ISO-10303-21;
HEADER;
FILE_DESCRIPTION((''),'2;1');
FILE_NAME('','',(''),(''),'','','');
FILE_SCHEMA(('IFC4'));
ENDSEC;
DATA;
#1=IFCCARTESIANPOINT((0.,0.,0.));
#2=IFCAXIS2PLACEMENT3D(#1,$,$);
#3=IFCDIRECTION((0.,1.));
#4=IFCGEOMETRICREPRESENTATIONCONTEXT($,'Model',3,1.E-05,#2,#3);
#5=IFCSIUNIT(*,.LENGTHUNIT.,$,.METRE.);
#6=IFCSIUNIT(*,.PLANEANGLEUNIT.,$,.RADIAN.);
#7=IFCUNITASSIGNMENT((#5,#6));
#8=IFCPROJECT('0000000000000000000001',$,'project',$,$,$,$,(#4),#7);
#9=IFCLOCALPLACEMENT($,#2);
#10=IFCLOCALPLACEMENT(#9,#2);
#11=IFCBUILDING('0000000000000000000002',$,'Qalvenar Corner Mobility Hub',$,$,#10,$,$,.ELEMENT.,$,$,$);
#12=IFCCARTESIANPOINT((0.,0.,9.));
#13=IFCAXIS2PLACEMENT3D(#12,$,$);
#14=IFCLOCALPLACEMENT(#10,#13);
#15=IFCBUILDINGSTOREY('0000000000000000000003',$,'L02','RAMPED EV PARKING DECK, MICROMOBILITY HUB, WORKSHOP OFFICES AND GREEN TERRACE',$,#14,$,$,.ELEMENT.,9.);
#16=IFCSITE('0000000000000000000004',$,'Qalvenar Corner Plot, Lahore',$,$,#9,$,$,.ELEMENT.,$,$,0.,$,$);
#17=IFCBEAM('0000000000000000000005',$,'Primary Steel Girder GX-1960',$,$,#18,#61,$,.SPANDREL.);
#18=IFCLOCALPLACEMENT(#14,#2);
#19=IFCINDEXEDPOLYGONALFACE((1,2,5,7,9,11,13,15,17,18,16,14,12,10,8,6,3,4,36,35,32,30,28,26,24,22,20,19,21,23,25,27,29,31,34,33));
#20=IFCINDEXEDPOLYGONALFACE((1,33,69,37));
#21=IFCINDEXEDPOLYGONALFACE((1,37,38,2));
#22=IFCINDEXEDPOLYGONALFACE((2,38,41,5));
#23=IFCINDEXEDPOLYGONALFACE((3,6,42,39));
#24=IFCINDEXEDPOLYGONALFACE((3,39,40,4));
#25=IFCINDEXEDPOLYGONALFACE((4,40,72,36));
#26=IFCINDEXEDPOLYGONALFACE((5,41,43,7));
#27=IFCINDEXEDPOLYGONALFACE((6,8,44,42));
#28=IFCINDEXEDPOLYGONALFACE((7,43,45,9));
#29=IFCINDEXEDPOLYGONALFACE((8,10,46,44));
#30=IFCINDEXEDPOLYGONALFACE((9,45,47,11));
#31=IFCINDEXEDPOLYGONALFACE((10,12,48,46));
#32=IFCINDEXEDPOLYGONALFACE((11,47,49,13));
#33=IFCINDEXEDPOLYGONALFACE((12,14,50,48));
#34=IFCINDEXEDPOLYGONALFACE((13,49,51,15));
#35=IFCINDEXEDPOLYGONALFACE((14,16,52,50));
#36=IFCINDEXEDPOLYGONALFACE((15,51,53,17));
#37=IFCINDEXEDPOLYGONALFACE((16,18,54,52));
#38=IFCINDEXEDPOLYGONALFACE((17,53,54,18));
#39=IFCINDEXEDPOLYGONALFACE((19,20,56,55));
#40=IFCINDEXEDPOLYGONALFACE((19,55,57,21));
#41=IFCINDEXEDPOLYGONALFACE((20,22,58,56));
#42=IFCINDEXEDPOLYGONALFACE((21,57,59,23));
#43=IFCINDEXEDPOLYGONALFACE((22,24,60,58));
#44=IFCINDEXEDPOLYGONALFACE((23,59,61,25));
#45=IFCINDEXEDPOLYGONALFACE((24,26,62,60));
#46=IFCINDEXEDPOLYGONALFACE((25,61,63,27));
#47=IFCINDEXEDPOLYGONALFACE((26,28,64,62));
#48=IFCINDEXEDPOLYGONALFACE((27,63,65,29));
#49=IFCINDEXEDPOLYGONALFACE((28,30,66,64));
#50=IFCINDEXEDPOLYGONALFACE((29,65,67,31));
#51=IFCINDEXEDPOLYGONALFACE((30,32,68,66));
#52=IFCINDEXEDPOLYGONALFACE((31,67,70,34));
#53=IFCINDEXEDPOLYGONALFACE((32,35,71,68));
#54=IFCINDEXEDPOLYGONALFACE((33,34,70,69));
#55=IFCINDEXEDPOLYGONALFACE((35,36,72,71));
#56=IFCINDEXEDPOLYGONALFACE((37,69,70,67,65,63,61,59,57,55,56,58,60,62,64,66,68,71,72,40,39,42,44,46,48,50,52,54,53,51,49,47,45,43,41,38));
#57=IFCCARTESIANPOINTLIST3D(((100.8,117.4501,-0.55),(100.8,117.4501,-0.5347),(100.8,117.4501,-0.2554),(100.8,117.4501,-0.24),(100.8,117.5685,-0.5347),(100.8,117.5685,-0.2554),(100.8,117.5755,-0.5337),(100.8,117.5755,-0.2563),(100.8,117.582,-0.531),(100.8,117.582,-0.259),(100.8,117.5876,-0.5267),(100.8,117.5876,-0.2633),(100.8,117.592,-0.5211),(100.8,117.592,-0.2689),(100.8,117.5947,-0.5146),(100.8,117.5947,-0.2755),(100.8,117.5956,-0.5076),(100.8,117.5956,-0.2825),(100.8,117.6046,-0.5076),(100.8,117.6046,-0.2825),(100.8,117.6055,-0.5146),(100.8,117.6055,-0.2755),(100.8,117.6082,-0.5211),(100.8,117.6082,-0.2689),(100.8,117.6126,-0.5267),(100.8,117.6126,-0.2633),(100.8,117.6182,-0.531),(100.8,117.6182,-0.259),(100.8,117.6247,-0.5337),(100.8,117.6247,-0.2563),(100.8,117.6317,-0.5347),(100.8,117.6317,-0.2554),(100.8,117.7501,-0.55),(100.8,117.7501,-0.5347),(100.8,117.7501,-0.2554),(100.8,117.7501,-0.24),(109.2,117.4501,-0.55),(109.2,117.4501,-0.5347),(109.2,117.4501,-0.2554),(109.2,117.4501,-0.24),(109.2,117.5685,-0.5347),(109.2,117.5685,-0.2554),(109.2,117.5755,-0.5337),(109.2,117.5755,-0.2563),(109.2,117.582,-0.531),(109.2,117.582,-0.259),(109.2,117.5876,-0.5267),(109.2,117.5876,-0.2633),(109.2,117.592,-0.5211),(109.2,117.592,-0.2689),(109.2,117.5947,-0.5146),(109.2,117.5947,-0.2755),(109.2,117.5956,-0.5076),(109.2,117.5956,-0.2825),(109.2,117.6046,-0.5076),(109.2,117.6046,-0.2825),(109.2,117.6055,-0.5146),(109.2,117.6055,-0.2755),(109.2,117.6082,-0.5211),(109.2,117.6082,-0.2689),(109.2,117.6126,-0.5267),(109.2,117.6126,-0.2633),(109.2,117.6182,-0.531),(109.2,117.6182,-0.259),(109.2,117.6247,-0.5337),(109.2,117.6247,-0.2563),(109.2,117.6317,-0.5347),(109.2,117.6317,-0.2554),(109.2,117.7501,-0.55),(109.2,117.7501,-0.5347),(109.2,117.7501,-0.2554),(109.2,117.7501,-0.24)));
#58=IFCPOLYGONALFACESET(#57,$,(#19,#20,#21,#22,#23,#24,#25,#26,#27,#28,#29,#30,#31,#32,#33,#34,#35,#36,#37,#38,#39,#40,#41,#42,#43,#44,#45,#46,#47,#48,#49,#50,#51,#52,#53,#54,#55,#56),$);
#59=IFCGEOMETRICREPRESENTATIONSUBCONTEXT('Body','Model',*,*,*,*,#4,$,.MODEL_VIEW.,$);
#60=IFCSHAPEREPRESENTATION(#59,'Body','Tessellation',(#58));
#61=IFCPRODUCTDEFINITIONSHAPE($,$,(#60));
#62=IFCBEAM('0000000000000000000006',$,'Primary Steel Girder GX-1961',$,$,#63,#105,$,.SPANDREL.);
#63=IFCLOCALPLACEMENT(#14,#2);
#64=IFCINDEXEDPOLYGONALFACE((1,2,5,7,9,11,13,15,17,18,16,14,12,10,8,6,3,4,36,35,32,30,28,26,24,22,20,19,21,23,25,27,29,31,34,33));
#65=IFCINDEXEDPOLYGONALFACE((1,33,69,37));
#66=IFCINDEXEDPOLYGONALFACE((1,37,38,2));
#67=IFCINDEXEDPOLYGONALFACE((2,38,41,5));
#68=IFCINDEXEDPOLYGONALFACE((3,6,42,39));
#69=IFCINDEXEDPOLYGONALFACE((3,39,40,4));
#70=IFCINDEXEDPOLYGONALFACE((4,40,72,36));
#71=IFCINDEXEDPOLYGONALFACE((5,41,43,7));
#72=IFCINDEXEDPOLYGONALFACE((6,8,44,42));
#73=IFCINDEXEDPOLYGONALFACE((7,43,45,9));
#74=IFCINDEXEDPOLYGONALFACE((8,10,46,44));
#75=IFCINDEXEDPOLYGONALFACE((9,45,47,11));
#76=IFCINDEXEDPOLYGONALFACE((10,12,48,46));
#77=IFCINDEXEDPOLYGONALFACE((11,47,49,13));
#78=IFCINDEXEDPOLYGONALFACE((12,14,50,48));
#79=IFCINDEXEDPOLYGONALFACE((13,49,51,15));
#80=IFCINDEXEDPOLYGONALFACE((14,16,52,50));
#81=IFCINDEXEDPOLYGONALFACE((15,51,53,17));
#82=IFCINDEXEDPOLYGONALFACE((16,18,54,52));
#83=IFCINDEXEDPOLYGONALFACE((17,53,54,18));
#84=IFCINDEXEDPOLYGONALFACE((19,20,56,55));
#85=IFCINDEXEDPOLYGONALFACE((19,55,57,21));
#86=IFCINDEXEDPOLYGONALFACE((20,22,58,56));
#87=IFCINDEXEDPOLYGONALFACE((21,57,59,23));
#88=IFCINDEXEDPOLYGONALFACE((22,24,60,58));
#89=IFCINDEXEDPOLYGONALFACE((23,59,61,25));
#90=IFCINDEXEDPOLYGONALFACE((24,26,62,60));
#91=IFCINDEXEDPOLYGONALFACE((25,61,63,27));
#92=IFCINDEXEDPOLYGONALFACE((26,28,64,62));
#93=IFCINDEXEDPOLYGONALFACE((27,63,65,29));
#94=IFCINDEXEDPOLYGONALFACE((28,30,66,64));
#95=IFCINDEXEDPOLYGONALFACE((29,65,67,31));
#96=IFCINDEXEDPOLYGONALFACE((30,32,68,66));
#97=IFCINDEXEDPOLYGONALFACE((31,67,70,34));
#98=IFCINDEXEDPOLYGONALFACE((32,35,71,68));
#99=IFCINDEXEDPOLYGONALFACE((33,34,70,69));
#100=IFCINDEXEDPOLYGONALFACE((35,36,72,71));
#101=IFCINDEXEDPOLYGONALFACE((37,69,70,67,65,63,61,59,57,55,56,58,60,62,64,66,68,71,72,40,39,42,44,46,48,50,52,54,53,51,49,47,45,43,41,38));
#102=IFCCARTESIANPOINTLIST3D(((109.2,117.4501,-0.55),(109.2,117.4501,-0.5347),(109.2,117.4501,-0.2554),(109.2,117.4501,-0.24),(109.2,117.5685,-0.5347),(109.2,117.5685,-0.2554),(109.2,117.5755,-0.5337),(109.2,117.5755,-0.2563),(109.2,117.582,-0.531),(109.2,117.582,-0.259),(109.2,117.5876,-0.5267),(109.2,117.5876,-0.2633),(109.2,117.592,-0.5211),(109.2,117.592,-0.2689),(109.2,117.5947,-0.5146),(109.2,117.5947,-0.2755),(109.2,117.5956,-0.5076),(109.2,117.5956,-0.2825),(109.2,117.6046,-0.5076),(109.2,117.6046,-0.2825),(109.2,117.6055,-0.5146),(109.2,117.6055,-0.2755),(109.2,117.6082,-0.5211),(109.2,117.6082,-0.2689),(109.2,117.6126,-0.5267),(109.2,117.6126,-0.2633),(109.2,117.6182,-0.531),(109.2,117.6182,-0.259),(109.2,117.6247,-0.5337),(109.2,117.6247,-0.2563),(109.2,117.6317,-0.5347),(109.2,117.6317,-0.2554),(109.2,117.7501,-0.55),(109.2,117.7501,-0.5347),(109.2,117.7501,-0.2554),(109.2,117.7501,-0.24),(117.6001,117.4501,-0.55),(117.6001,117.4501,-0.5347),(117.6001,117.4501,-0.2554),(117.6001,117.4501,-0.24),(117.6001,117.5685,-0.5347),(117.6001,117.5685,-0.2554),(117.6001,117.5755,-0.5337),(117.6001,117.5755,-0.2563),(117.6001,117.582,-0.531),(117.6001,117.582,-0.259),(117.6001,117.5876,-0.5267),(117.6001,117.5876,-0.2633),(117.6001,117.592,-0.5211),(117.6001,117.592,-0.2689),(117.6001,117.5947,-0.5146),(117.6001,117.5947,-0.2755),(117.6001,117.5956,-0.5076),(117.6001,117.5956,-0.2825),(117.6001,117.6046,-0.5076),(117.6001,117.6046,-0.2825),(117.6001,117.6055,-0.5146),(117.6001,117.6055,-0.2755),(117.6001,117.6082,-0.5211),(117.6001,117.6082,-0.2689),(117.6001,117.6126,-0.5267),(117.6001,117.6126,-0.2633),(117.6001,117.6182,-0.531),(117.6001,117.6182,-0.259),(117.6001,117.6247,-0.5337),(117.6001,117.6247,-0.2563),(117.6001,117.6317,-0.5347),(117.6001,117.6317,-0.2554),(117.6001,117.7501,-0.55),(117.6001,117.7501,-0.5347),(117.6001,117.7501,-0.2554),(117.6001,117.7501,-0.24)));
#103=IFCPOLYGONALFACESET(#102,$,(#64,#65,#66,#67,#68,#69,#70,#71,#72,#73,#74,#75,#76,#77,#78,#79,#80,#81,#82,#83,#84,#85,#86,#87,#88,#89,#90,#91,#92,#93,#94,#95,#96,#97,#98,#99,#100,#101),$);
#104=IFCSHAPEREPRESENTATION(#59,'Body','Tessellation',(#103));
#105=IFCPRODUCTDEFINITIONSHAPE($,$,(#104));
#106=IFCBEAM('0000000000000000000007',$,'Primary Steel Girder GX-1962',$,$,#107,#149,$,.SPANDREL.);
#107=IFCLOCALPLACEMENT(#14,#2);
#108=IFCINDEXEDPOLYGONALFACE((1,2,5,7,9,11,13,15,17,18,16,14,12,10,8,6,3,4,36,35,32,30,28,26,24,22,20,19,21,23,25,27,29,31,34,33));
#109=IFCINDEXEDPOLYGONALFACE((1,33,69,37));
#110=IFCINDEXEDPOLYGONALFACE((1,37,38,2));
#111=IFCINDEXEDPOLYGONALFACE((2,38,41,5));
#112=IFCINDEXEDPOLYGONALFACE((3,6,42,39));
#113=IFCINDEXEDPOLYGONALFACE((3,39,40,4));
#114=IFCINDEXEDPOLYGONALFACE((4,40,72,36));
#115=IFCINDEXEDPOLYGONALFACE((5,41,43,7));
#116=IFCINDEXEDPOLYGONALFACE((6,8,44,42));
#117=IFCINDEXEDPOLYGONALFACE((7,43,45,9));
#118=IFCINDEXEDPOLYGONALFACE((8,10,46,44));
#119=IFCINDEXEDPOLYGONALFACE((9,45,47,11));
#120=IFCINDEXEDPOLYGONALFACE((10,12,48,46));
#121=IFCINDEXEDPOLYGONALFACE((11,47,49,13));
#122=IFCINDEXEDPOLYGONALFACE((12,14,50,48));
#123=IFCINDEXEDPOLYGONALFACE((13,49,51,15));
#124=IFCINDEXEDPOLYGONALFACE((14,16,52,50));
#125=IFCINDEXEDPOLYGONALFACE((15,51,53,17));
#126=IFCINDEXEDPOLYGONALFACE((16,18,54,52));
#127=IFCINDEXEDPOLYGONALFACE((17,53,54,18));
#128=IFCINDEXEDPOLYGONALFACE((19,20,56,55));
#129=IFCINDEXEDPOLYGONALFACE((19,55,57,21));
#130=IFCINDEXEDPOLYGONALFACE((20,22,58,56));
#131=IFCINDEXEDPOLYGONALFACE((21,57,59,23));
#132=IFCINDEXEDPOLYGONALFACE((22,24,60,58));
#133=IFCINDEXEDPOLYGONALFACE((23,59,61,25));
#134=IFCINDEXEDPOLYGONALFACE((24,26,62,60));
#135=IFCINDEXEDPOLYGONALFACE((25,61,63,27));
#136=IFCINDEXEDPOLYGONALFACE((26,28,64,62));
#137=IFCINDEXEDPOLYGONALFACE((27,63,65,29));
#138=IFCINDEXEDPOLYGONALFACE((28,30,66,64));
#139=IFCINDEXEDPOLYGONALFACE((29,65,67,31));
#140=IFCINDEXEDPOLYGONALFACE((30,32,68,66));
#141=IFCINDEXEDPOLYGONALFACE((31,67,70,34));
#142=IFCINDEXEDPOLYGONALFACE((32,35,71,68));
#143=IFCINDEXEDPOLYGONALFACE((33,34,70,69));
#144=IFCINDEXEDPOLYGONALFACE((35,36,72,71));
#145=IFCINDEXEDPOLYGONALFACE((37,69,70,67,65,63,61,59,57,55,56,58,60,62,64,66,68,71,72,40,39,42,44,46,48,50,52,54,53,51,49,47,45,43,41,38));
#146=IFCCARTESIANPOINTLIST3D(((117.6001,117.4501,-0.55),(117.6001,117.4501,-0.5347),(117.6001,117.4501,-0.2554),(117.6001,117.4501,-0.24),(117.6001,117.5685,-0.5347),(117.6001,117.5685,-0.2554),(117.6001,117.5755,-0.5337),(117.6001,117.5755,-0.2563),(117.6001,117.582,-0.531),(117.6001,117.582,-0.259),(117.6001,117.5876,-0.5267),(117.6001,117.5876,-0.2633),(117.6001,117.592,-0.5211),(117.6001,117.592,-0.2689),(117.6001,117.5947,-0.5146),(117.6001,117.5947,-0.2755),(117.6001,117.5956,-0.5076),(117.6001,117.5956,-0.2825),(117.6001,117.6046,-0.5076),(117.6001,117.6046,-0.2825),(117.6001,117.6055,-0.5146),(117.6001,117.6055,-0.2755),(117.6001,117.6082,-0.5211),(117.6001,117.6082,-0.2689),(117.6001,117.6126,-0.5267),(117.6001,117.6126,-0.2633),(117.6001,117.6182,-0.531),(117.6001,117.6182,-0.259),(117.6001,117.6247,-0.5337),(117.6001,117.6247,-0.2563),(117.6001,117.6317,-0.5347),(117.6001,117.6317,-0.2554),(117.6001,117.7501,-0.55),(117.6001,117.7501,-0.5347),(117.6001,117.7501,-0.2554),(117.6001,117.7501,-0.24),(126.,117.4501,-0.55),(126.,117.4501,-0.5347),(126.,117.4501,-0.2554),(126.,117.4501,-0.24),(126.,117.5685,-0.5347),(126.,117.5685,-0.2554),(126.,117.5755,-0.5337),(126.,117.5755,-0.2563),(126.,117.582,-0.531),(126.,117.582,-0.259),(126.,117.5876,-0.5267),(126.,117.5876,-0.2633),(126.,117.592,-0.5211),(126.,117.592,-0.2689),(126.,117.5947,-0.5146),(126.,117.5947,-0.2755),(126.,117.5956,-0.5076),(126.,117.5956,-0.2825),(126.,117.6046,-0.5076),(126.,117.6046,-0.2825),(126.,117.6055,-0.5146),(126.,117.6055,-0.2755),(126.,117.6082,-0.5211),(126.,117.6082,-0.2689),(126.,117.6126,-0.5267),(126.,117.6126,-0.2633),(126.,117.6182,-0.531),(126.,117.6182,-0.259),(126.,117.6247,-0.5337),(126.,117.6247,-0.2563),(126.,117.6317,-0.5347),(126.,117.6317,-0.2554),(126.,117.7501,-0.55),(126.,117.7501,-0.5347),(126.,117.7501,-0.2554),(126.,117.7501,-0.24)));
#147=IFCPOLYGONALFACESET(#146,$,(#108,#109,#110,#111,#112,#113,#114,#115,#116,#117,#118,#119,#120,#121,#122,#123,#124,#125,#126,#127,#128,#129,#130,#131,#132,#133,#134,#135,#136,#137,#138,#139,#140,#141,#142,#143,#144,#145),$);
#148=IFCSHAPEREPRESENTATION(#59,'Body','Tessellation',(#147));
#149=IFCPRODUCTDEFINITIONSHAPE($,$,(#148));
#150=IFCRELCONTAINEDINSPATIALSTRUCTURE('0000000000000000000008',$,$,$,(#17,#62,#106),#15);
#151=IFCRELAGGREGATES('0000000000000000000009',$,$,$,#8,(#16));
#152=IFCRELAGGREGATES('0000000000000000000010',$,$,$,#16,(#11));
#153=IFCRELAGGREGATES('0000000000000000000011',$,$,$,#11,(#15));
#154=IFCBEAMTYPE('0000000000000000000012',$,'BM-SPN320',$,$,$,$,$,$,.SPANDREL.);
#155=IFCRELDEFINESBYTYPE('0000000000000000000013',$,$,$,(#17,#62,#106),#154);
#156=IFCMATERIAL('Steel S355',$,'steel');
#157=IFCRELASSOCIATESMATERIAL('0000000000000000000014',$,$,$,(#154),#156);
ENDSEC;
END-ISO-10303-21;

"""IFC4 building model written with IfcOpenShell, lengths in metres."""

from ifc_helpers import new_model, si_unit, direction, frame, origin, origin_2d, place, context, subcontext, project, spatial, i_section, extrude, material, material_profile, profile_set, type_object, element, save


model = new_model("IFC4")

# Units and contexts
model_context = context("Model", 3, precision=1e-05, world=origin(), true_north=direction((0.0, 1.0)))
body_context = subcontext(model_context, "Body", "Model", "MODEL_VIEW")
ifc_project = project(units=[si_unit("LENGTHUNIT", "METRE"), si_unit("PLANEANGLEUNIT", "RADIAN")], contexts=[model_context])

# Site, building, storey
site_placement = place(None, origin())
site = spatial("IfcSite", under=ifc_project, at=site_placement, Name="Qalvenar Corner Plot, Lahore", CompositionType="ELEMENT", RefElevation=0.0)
building_placement = place(site_placement, origin())
building = spatial("IfcBuilding", under=site, at=building_placement, Name="Qalvenar Corner Mobility Hub", CompositionType="ELEMENT")
storey_placement = place(building_placement, frame((0.0, 0.0, 9.0)))
storey = spatial("IfcBuildingStorey", under=building, at=storey_placement, Name="L02", Description="RAMPED EV PARKING DECK, MICROMOBILITY HUB, WORKSHOP OFFICES AND GREEN TERRACE", CompositionType="ELEMENT", Elevation=9.0)

# Shared definitions
ifc_material = material(Name="Steel S355", Category="steel")

# Beams
ifc_material_profile_1 = material_profile(ifc_material, i_section(OverallWidth=0.3, OverallDepth=0.3101, WebThickness=0.009, FlangeThickness=0.0154, FilletRadius=0.0271, at=origin_2d()), Name="HEA320")
ifc_profile_set_1 = profile_set([ifc_material_profile_1], Name="Steel S355")
beam_type_1 = type_object("IfcBeamType", Name="BM-SPN320", PredefinedType="SPANDREL", material=ifc_profile_set_1)
beam_1_placement = place(storey_placement, frame((100.8, 117.6001, -0.395), z_axis=(1.0, 0.0, 0.0), x_axis=(0.0, 1.0, 0.0)))
element("IfcBeam", 1, at=beam_1_placement, inside=storey, type_object=beam_type_1, Name="Primary Steel Girder GX-1960", PredefinedType="SPANDREL", context=body_context, shape_type="SweptSolid", body=[
    extrude(i_section(OverallWidth=0.3, OverallDepth=0.3101, WebThickness=0.009, FlangeThickness=0.0154, FilletRadius=0.0271, at=origin_2d()), origin(), (0.0, 0.0, 1.0), 8.3999),
])
beam_2_placement = place(storey_placement, frame((109.2, 117.6001, -0.395), z_axis=(1.0, 0.0, 0.0), x_axis=(0.0, 1.0, 0.0)))
element("IfcBeam", 2, at=beam_2_placement, inside=storey, type_object=beam_type_1, Name="Primary Steel Girder GX-1961", PredefinedType="SPANDREL", context=body_context, shape_type="SweptSolid", body=[
    extrude(i_section(OverallWidth=0.3, OverallDepth=0.3101, WebThickness=0.009, FlangeThickness=0.0154, FilletRadius=0.0271, at=origin_2d()), origin(), (0.0, 0.0, 1.0), 8.4001),
])
beam_3_placement = place(storey_placement, frame((117.6001, 117.6001, -0.395), z_axis=(1.0, 0.0, 0.0), x_axis=(0.0, 1.0, 0.0)))
element("IfcBeam", 3, at=beam_3_placement, inside=storey, type_object=beam_type_1, Name="Primary Steel Girder GX-1962", PredefinedType="SPANDREL", context=body_context, shape_type="SweptSolid", body=[
    extrude(i_section(OverallWidth=0.3, OverallDepth=0.3101, WebThickness=0.009, FlangeThickness=0.0154, FilletRadius=0.0271, at=origin_2d()), origin(), (0.0, 0.0, 1.0), 8.3999),
])

save(model, "model.ifc")
